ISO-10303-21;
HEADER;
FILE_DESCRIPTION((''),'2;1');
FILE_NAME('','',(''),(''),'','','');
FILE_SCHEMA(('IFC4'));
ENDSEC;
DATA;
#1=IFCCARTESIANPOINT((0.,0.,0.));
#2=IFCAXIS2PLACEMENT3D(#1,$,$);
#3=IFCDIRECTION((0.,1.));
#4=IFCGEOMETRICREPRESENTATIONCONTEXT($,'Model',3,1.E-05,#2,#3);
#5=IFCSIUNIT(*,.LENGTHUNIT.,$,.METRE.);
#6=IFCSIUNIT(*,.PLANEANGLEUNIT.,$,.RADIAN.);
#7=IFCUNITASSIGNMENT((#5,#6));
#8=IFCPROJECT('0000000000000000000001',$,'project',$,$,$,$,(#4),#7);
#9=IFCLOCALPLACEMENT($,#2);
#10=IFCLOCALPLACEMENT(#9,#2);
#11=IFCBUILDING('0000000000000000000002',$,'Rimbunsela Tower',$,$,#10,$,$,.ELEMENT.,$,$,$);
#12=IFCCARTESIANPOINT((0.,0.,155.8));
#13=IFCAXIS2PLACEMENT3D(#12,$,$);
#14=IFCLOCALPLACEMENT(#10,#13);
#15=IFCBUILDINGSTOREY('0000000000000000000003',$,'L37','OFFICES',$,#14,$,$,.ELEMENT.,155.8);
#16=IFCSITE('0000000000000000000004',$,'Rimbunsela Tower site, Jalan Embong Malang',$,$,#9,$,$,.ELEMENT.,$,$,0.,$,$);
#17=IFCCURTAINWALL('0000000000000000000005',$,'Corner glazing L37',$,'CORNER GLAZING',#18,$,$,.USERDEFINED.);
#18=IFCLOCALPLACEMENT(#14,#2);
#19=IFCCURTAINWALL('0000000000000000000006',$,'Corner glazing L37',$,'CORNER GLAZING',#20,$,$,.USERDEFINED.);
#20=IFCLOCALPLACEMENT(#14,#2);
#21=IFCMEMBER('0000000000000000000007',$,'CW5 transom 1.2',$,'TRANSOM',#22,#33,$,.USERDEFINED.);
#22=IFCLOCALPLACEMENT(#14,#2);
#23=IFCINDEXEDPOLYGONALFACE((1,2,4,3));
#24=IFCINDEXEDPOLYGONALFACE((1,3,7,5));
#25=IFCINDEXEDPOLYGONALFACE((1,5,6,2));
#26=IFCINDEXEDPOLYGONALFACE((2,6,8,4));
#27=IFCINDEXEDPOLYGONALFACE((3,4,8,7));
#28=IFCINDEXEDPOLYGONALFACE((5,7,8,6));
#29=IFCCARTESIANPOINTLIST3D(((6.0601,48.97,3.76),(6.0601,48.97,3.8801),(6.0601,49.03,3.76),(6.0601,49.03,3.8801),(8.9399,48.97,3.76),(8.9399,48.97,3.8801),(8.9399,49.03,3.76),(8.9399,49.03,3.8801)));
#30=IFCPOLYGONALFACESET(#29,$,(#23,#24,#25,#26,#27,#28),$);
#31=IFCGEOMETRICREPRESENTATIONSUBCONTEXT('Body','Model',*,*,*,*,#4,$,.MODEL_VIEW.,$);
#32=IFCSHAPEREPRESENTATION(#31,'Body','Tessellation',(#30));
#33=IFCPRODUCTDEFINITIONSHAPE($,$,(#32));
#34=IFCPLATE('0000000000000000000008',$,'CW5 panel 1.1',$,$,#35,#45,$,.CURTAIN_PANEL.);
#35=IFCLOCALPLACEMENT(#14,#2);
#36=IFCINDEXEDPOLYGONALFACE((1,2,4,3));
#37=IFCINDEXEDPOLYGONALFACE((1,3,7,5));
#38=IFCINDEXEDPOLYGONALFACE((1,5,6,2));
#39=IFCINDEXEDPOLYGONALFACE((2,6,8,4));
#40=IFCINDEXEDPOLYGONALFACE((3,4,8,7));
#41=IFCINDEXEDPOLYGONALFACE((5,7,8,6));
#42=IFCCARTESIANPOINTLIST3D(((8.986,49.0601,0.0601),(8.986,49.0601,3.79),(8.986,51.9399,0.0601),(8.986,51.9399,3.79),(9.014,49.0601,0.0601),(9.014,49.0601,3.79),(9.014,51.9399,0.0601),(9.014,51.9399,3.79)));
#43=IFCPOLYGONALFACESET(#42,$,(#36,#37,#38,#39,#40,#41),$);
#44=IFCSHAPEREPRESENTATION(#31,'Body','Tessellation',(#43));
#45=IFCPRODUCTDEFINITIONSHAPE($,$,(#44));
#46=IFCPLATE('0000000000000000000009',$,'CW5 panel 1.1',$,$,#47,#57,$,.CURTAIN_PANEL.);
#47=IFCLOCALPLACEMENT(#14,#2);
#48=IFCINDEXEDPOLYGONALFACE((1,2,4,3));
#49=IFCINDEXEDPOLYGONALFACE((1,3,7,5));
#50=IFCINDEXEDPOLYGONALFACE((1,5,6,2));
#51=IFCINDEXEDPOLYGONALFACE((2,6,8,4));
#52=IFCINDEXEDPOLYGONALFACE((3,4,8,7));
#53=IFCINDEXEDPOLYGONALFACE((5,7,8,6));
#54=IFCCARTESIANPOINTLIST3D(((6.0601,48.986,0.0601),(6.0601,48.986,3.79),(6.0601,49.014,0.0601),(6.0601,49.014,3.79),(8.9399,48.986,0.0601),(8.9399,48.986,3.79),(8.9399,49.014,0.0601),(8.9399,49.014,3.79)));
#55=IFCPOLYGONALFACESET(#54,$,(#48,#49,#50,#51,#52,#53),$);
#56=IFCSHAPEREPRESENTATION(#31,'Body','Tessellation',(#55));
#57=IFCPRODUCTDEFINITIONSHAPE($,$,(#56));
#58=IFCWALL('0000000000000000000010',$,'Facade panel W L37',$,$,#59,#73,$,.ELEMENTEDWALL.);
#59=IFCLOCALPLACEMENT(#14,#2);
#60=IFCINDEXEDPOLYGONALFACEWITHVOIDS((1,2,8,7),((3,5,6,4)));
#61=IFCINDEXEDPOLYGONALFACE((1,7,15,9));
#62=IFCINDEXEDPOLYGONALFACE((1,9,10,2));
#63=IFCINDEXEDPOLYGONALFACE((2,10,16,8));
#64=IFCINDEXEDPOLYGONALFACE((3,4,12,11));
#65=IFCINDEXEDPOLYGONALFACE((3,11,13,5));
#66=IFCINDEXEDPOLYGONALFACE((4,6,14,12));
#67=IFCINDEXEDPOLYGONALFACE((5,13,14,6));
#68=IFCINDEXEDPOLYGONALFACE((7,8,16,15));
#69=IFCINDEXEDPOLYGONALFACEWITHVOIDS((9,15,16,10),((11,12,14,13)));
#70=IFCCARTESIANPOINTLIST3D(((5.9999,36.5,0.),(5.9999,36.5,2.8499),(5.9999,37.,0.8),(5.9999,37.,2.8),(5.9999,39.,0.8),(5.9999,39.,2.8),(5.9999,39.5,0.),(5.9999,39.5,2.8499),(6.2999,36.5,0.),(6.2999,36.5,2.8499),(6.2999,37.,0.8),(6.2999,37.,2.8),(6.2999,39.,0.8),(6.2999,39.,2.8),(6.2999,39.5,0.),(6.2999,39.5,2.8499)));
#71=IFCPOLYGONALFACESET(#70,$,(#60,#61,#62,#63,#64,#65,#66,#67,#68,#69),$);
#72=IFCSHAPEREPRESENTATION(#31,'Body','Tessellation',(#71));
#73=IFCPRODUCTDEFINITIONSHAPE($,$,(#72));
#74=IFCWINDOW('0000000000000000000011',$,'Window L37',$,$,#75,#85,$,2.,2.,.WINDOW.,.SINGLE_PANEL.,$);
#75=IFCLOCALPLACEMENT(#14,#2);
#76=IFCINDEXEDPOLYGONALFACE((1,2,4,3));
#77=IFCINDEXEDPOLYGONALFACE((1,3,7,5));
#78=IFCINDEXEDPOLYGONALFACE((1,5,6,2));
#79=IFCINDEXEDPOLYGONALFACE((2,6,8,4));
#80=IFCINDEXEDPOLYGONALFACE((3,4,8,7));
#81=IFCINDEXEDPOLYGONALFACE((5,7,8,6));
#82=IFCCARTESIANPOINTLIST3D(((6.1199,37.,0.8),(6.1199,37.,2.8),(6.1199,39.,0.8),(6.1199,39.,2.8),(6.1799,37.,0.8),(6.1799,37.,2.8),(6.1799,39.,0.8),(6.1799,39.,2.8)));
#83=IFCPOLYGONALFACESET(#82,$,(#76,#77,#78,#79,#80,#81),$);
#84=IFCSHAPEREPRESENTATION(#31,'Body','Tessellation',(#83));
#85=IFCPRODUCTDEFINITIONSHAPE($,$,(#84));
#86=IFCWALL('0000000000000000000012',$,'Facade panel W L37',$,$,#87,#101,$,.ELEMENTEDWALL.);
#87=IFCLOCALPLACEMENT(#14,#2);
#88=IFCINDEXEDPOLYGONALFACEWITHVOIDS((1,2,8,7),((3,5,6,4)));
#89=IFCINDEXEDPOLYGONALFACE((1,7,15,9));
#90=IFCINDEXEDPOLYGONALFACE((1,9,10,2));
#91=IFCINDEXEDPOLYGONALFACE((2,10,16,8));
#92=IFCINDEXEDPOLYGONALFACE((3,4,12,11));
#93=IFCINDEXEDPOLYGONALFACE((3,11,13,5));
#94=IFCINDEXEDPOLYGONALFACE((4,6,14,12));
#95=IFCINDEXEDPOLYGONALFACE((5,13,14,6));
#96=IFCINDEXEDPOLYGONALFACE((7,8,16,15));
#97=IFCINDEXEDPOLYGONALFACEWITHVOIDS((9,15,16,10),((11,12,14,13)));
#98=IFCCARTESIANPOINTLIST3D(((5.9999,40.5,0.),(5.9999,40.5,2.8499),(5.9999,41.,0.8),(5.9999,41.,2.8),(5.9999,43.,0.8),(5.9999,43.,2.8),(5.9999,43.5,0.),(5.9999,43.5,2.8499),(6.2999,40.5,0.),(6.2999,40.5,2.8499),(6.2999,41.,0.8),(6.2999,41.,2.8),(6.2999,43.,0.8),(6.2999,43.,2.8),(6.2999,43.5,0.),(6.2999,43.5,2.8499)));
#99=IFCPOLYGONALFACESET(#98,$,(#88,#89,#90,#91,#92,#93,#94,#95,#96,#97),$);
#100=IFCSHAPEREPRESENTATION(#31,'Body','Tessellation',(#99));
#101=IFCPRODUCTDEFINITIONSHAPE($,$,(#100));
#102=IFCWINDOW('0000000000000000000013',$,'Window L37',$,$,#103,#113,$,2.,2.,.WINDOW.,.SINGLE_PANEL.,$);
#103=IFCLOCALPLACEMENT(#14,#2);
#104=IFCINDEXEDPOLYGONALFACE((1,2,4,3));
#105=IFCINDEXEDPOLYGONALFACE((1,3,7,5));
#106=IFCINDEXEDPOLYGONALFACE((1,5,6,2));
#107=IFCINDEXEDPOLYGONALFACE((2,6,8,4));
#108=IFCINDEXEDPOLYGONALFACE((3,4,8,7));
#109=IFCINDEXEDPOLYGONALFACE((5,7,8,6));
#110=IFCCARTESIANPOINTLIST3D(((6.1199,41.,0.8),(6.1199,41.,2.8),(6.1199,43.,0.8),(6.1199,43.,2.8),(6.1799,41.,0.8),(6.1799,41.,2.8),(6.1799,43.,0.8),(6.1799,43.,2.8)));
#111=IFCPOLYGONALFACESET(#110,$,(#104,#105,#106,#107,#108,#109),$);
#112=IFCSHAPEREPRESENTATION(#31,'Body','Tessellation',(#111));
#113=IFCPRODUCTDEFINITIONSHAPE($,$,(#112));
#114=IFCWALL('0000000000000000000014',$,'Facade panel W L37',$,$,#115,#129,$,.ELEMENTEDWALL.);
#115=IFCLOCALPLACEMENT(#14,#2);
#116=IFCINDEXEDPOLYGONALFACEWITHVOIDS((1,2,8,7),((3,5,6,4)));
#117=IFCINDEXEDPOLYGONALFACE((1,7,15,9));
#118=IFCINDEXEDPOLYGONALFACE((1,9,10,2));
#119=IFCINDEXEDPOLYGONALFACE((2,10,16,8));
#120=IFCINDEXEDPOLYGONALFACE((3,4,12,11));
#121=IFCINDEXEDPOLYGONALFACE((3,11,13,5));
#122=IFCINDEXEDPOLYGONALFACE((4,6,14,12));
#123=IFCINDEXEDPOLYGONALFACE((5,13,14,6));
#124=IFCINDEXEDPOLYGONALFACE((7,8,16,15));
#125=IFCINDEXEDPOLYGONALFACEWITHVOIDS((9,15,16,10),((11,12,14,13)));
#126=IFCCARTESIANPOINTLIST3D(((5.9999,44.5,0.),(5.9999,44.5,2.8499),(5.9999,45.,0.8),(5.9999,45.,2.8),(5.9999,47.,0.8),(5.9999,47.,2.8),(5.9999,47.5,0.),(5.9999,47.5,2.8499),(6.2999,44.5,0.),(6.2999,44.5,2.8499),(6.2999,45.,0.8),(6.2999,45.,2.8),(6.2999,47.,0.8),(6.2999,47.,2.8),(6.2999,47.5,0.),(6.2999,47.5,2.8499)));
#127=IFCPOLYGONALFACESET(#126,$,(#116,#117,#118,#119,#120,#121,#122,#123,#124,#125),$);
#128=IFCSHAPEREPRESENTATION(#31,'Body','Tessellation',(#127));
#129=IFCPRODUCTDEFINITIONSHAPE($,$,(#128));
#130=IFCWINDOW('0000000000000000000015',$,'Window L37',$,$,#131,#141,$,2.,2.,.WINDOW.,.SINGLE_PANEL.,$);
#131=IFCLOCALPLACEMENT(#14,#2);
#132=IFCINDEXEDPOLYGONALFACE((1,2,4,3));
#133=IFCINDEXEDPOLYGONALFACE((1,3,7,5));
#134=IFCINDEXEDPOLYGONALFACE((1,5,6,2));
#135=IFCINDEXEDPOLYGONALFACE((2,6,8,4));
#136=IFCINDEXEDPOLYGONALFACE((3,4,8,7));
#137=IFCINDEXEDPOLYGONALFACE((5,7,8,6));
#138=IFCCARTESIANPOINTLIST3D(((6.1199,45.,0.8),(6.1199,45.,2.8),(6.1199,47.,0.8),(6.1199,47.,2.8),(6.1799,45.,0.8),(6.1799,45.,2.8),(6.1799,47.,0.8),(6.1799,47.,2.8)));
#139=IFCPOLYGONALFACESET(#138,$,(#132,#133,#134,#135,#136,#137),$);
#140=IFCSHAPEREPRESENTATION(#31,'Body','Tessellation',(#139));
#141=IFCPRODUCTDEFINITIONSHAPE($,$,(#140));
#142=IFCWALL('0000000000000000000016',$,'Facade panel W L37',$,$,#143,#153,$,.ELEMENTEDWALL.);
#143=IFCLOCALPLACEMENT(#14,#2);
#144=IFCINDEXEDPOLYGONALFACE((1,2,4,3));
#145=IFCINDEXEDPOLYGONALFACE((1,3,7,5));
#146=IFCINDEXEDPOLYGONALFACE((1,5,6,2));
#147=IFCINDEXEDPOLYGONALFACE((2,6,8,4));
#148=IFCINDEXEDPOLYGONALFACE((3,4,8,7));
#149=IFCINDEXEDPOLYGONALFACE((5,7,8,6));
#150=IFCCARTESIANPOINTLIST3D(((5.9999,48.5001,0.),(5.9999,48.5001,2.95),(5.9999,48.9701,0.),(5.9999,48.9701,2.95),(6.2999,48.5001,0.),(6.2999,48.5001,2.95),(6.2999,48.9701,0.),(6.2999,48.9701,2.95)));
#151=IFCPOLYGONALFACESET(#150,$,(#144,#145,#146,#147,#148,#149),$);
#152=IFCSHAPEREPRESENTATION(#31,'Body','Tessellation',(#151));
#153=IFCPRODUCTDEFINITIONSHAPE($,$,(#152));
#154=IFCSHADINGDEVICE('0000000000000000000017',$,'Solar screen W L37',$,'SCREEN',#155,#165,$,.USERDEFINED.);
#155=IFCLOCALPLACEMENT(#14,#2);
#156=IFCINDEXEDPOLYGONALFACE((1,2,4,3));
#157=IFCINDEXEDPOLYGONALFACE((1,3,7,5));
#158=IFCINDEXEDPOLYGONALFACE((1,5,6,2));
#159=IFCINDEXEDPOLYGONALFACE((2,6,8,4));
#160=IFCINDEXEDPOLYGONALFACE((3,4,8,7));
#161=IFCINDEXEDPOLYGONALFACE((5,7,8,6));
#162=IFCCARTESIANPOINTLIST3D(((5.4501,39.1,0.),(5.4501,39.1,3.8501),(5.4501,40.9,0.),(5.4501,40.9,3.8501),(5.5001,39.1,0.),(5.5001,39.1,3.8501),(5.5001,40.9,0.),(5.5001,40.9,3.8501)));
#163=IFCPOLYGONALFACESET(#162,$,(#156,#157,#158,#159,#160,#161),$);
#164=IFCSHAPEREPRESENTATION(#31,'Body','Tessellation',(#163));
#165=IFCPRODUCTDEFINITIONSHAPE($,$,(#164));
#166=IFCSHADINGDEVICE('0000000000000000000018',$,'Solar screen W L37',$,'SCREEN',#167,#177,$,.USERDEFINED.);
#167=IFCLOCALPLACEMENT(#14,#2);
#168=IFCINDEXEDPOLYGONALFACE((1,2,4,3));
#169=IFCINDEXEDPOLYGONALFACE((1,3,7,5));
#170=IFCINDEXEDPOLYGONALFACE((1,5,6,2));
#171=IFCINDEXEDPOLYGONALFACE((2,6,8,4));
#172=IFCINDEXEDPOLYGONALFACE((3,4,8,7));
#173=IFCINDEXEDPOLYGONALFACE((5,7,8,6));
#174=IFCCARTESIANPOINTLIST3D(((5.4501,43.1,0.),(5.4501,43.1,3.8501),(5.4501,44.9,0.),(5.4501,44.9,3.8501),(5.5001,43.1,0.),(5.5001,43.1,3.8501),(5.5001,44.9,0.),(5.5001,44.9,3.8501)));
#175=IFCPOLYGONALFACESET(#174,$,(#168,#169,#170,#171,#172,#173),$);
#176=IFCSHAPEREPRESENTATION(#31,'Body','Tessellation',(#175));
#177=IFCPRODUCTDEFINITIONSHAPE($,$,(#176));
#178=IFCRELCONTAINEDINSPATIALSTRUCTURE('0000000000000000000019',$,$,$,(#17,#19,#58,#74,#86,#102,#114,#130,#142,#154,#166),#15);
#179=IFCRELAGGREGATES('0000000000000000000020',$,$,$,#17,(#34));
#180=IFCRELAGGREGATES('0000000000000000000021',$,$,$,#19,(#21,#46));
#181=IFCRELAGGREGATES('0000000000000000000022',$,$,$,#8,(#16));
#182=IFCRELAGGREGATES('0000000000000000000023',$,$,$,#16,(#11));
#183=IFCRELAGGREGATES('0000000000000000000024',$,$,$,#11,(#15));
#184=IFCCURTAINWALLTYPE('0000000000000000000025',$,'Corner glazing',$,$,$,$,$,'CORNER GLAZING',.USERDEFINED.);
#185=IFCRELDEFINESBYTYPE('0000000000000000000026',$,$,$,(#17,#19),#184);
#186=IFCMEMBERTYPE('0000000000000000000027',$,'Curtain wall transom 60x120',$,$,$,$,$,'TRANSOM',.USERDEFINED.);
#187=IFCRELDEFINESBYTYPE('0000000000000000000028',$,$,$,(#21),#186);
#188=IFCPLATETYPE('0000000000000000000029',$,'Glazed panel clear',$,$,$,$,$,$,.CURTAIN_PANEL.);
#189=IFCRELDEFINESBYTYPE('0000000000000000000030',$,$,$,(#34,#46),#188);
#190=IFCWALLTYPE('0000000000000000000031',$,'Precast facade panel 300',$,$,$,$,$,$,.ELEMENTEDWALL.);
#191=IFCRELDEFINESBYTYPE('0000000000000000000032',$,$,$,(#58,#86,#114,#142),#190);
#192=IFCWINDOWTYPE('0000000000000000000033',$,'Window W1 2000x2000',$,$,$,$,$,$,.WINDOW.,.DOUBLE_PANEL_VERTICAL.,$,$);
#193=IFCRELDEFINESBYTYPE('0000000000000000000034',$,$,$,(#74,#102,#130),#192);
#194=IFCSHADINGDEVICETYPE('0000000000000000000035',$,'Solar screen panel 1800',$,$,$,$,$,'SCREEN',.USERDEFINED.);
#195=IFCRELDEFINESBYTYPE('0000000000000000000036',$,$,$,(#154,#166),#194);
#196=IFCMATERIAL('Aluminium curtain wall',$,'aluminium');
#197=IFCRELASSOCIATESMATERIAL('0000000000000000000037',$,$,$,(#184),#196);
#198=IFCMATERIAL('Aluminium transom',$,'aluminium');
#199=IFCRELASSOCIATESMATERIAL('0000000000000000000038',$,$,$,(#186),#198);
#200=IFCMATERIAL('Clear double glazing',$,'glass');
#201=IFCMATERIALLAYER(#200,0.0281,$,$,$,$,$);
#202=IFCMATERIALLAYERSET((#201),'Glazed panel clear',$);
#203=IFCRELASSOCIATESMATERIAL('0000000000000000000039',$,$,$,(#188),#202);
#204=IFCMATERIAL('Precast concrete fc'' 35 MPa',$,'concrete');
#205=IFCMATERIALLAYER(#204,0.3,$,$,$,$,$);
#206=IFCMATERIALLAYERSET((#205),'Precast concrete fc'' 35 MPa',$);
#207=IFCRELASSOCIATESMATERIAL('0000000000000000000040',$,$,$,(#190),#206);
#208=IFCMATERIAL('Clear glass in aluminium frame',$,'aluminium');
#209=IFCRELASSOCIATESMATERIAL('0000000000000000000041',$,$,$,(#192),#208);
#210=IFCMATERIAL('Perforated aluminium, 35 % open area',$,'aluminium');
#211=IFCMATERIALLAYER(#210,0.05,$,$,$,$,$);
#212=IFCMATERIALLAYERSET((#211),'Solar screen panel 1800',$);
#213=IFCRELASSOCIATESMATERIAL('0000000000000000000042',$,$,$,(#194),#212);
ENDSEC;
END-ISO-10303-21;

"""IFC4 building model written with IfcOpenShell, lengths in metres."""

from ifc_helpers import new_model, si_unit, direction, frame, frame_2d, origin, origin_2d, place, context, subcontext, project, spatial, rectangle, extrude, material, layer, layer_set, material_profile, profile_set, type_object, element, fill, aggregate, save


model = new_model("IFC4")

# Units and contexts
model_context = context("Model", 3, precision=1e-05, world=origin(), true_north=direction((0.0, 1.0)))
body_context = subcontext(model_context, "Body", "Model", "MODEL_VIEW")
ifc_project = project(units=[si_unit("LENGTHUNIT", "METRE"), si_unit("PLANEANGLEUNIT", "RADIAN")], contexts=[model_context])

# Site, building, storey
site_placement = place(None, origin())
site = spatial("IfcSite", under=ifc_project, at=site_placement, Name="Rimbunsela Tower site, Jalan Embong Malang", CompositionType="ELEMENT", RefElevation=0.0)
building_placement = place(site_placement, origin())
building = spatial("IfcBuilding", under=site, at=building_placement, Name="Rimbunsela Tower", CompositionType="ELEMENT")
storey_placement = place(building_placement, frame((0.0, 0.0, 155.8)))
storey = spatial("IfcBuildingStorey", under=building, at=storey_placement, Name="L37", Description="OFFICES", CompositionType="ELEMENT", Elevation=155.8)

# Curtain walls
ifc_material_1 = material(Name="Aluminium curtain wall", Category="aluminium")
curtain_wall_type = type_object("IfcCurtainWallType", Name="Corner glazing", ElementType="CORNER GLAZING", PredefinedType="USERDEFINED", material=ifc_material_1)
curtain_wall_1_placement = place(storey_placement, origin())
curtain_wall_1 = element("IfcCurtainWall", 1, at=curtain_wall_1_placement, inside=storey, type_object=curtain_wall_type, Name="Corner glazing L37", ObjectType="CORNER GLAZING", PredefinedType="USERDEFINED")
curtain_wall_2_placement = place(storey_placement, origin())
curtain_wall_2 = element("IfcCurtainWall", 2, at=curtain_wall_2_placement, inside=storey, type_object=curtain_wall_type, Name="Corner glazing L37", ObjectType="CORNER GLAZING", PredefinedType="USERDEFINED")

# Member
ifc_material_2 = material(Name="Aluminium transom", Category="aluminium")
ifc_material_profile_1 = material_profile(ifc_material_2, rectangle(XDim=0.0601, YDim=0.1201, at=origin_2d()), Name="Transom 60x120")
ifc_profile_set_1 = profile_set([ifc_material_profile_1], Name="Aluminium transom")
member_type_1 = type_object("IfcMemberType", Name="Curtain wall transom 60x120", ElementType="TRANSOM", PredefinedType="USERDEFINED", material=ifc_profile_set_1)
member_1_placement = place(storey_placement, frame((8.9399, 49.0, 3.8201), z_axis=(-1.0, 0.0, 0.0), x_axis=(0.0, -1.0, 0.0)))
member_1 = element("IfcMember", 3, at=member_1_placement, type_object=member_type_1, Name="CW5 transom 1.2", ObjectType="TRANSOM", PredefinedType="USERDEFINED", context=body_context, shape_type="SweptSolid", body=[
    extrude(rectangle(XDim=0.0601, YDim=0.1201, at=origin_2d()), origin(), (0.0, 0.0, 1.0), 2.8799),
])

# Plates
ifc_material_3 = material(Name="Clear double glazing", Category="glass")
ifc_layer_1 = layer(ifc_material_3, 0.0281)
ifc_layer_set_1 = layer_set([ifc_layer_1], Name="Glazed panel clear")
plate_type = type_object("IfcPlateType", Name="Glazed panel clear", PredefinedType="CURTAIN_PANEL", material=ifc_layer_set_1)
plate_1_placement = place(storey_placement, frame((9.0, 50.5, 0.0601), z_axis=(0.0, 0.0, 1.0), x_axis=(0.0, -1.0, 0.0)))
plate_1 = element("IfcPlate", 4, at=plate_1_placement, type_object=plate_type, Name="CW5 panel 1.1", PredefinedType="CURTAIN_PANEL", context=body_context, shape_type="SweptSolid", body=[
    extrude(rectangle(XDim=2.8799, YDim=0.0281, at=origin_2d()), origin(), (0.0, 0.0, 1.0), 3.73),
])
aggregate(curtain_wall_1, [plate_1])
plate_2_placement = place(storey_placement, frame((7.5, 49.0, 0.0601), z_axis=(0.0, 0.0, 1.0), x_axis=(-1.0, 0.0, 0.0)))
plate_2 = element("IfcPlate", 5, at=plate_2_placement, type_object=plate_type, Name="CW5 panel 1.1", PredefinedType="CURTAIN_PANEL", context=body_context, shape_type="SweptSolid", body=[
    extrude(rectangle(XDim=2.8799, YDim=0.0281, at=origin_2d()), origin(), (0.0, 0.0, 1.0), 3.73),
])
aggregate(curtain_wall_2, [member_1, plate_2])

# Walls, openings, windows
ifc_material_4 = material(Name="Precast concrete fc' 35 MPa", Category="concrete")
ifc_layer_2 = layer(ifc_material_4, 0.3)
ifc_layer_set_2 = layer_set([ifc_layer_2], Name="Precast concrete fc' 35 MPa")
wall_type = type_object("IfcWallType", Name="Precast facade panel 300", PredefinedType="ELEMENTEDWALL", material=ifc_layer_set_2)
wall_1_placement = place(storey_placement, frame((6.1499, 39.5, 0.0), z_axis=(0.0, 0.0, 1.0), x_axis=(0.0, -1.0, 0.0)))
wall_1 = element("IfcWall", 6, at=wall_1_placement, inside=storey, type_object=wall_type, Name="Facade panel W L37", PredefinedType="ELEMENTEDWALL", context=body_context, shape_type="SweptSolid", body=[
    extrude(rectangle(XDim=3.0, YDim=0.3, at=frame_2d((1.5, 0.0))), origin(), (0.0, 0.0, 1.0), 2.8499),
])
opening_1_placement = place(wall_1_placement, frame((0.5, 0.0, 0.8)))
opening_1 = element("IfcOpeningElement", 7, at=opening_1_placement, cuts=wall_1, PredefinedType="OPENING", context=body_context, shape_type="SweptSolid", body=[
    extrude(rectangle(XDim=2.0, YDim=2.0, at=frame_2d((1.0, 1.0))), frame((0.0, 0.1599, 0.0), z_axis=(0.0, -1.0, 0.0), x_axis=(1.0, 0.0, 0.0)), (0.0, 0.0, 1.0), 0.3201),
])
ifc_material_5 = material(Name="Clear glass in aluminium frame", Category="aluminium")
window_type = type_object("IfcWindowType", Name="Window W1 2000x2000", PartitioningType="DOUBLE_PANEL_VERTICAL", PredefinedType="WINDOW", material=ifc_material_5)
window_1_placement = place(opening_1_placement, origin())
window_1 = element("IfcWindow", 8, at=window_1_placement, inside=storey, type_object=window_type, Name="Window L37", OverallHeight=2.0, OverallWidth=2.0, PartitioningType="SINGLE_PANEL", PredefinedType="WINDOW", context=body_context, shape_type="SweptSolid", body=[
    extrude(rectangle(XDim=2.0, YDim=2.0, at=frame_2d((1.0, 1.0))), frame((0.0, 0.03, 0.0), z_axis=(0.0, -1.0, 0.0), x_axis=(1.0, 0.0, 0.0)), (0.0, 0.0, 1.0), 0.0601),
])
fill(opening_1, window_1)
wall_2_placement = place(storey_placement, frame((6.1499, 43.5, 0.0), z_axis=(0.0, 0.0, 1.0), x_axis=(0.0, -1.0, 0.0)))
wall_2 = element("IfcWall", 9, at=wall_2_placement, inside=storey, type_object=wall_type, Name="Facade panel W L37", PredefinedType="ELEMENTEDWALL", context=body_context, shape_type="SweptSolid", body=[
    extrude(rectangle(XDim=3.0, YDim=0.3, at=frame_2d((1.5, 0.0))), origin(), (0.0, 0.0, 1.0), 2.8499),
])
opening_2_placement = place(wall_2_placement, frame((0.5, 0.0, 0.8)))
opening_2 = element("IfcOpeningElement", 10, at=opening_2_placement, cuts=wall_2, PredefinedType="OPENING", context=body_context, shape_type="SweptSolid", body=[
    extrude(rectangle(XDim=2.0, YDim=2.0, at=frame_2d((1.0, 1.0))), frame((0.0, 0.1599, 0.0), z_axis=(0.0, -1.0, 0.0), x_axis=(1.0, 0.0, 0.0)), (0.0, 0.0, 1.0), 0.3201),
])
window_2_placement = place(opening_2_placement, origin())
window_2 = element("IfcWindow", 11, at=window_2_placement, inside=storey, type_object=window_type, Name="Window L37", OverallHeight=2.0, OverallWidth=2.0, PartitioningType="SINGLE_PANEL", PredefinedType="WINDOW", context=body_context, shape_type="SweptSolid", body=[
    extrude(rectangle(XDim=2.0, YDim=2.0, at=frame_2d((1.0, 1.0))), frame((0.0, 0.03, 0.0), z_axis=(0.0, -1.0, 0.0), x_axis=(1.0, 0.0, 0.0)), (0.0, 0.0, 1.0), 0.0601),
])
fill(opening_2, window_2)
wall_3_placement = place(storey_placement, frame((6.1499, 47.5, 0.0), z_axis=(0.0, 0.0, 1.0), x_axis=(0.0, -1.0, 0.0)))
wall_3 = element("IfcWall", 12, at=wall_3_placement, inside=storey, type_object=wall_type, Name="Facade panel W L37", PredefinedType="ELEMENTEDWALL", context=body_context, shape_type="SweptSolid", body=[
    extrude(rectangle(XDim=3.0, YDim=0.3, at=frame_2d((1.5, 0.0))), origin(), (0.0, 0.0, 1.0), 2.8499),
])
opening_3_placement = place(wall_3_placement, frame((0.5, 0.0, 0.8)))
opening_3 = element("IfcOpeningElement", 13, at=opening_3_placement, cuts=wall_3, PredefinedType="OPENING", context=body_context, shape_type="SweptSolid", body=[
    extrude(rectangle(XDim=2.0, YDim=2.0, at=frame_2d((1.0, 1.0))), frame((0.0, 0.1599, 0.0), z_axis=(0.0, -1.0, 0.0), x_axis=(1.0, 0.0, 0.0)), (0.0, 0.0, 1.0), 0.3201),
])
window_3_placement = place(opening_3_placement, origin())
window_3 = element("IfcWindow", 14, at=window_3_placement, inside=storey, type_object=window_type, Name="Window L37", OverallHeight=2.0, OverallWidth=2.0, PartitioningType="SINGLE_PANEL", PredefinedType="WINDOW", context=body_context, shape_type="SweptSolid", body=[
    extrude(rectangle(XDim=2.0, YDim=2.0, at=frame_2d((1.0, 1.0))), frame((0.0, 0.03, 0.0), z_axis=(0.0, -1.0, 0.0), x_axis=(1.0, 0.0, 0.0)), (0.0, 0.0, 1.0), 0.0601),
])
fill(opening_3, window_3)

# Wall
wall_4_placement = place(storey_placement, frame((6.1499, 48.97, 0.0), z_axis=(0.0, 0.0, 1.0), x_axis=(0.0, -1.0, 0.0)))
element("IfcWall", 15, at=wall_4_placement, inside=storey, type_object=wall_type, Name="Facade panel W L37", PredefinedType="ELEMENTEDWALL", context=body_context, shape_type="SweptSolid", body=[
    extrude(rectangle(XDim=0.47, YDim=0.3, at=frame_2d((0.2349, 0.0))), origin(), (0.0, 0.0, 1.0), 2.95),
])

# Shading devices
ifc_material_6 = material(Name="Perforated aluminium, 35 % open area", Category="aluminium")
ifc_layer_3 = layer(ifc_material_6, 0.05)
ifc_layer_set_3 = layer_set([ifc_layer_3], Name="Solar screen panel 1800")
shading_device_type = type_object("IfcShadingDeviceType", Name="Solar screen panel 1800", ElementType="SCREEN", PredefinedType="USERDEFINED", material=ifc_layer_set_3)
for number, where, z_axis, x_axis, name in (
    (16, (5.4751, 40.0, 0.0), (0.0, 0.0, 1.0), (0.0, 1.0, 0.0), "Solar screen W L37"),
    (17, (5.4751, 44.0, 0.0), (0.0, 0.0, 1.0), (0.0, 1.0, 0.0), "Solar screen W L37"),
):
    element("IfcShadingDevice", number, at=place(storey_placement, frame(where, z_axis=z_axis, x_axis=x_axis)), inside=storey, type_object=shading_device_type, Name=name, ObjectType="SCREEN", PredefinedType="USERDEFINED", context=body_context, shape_type="SweptSolid", body=[
        extrude(rectangle(XDim=1.8, YDim=0.05, at=origin_2d()), origin(), (0.0, 0.0, 1.0), 3.8501),
    ])

save(model, "model.ifc")
